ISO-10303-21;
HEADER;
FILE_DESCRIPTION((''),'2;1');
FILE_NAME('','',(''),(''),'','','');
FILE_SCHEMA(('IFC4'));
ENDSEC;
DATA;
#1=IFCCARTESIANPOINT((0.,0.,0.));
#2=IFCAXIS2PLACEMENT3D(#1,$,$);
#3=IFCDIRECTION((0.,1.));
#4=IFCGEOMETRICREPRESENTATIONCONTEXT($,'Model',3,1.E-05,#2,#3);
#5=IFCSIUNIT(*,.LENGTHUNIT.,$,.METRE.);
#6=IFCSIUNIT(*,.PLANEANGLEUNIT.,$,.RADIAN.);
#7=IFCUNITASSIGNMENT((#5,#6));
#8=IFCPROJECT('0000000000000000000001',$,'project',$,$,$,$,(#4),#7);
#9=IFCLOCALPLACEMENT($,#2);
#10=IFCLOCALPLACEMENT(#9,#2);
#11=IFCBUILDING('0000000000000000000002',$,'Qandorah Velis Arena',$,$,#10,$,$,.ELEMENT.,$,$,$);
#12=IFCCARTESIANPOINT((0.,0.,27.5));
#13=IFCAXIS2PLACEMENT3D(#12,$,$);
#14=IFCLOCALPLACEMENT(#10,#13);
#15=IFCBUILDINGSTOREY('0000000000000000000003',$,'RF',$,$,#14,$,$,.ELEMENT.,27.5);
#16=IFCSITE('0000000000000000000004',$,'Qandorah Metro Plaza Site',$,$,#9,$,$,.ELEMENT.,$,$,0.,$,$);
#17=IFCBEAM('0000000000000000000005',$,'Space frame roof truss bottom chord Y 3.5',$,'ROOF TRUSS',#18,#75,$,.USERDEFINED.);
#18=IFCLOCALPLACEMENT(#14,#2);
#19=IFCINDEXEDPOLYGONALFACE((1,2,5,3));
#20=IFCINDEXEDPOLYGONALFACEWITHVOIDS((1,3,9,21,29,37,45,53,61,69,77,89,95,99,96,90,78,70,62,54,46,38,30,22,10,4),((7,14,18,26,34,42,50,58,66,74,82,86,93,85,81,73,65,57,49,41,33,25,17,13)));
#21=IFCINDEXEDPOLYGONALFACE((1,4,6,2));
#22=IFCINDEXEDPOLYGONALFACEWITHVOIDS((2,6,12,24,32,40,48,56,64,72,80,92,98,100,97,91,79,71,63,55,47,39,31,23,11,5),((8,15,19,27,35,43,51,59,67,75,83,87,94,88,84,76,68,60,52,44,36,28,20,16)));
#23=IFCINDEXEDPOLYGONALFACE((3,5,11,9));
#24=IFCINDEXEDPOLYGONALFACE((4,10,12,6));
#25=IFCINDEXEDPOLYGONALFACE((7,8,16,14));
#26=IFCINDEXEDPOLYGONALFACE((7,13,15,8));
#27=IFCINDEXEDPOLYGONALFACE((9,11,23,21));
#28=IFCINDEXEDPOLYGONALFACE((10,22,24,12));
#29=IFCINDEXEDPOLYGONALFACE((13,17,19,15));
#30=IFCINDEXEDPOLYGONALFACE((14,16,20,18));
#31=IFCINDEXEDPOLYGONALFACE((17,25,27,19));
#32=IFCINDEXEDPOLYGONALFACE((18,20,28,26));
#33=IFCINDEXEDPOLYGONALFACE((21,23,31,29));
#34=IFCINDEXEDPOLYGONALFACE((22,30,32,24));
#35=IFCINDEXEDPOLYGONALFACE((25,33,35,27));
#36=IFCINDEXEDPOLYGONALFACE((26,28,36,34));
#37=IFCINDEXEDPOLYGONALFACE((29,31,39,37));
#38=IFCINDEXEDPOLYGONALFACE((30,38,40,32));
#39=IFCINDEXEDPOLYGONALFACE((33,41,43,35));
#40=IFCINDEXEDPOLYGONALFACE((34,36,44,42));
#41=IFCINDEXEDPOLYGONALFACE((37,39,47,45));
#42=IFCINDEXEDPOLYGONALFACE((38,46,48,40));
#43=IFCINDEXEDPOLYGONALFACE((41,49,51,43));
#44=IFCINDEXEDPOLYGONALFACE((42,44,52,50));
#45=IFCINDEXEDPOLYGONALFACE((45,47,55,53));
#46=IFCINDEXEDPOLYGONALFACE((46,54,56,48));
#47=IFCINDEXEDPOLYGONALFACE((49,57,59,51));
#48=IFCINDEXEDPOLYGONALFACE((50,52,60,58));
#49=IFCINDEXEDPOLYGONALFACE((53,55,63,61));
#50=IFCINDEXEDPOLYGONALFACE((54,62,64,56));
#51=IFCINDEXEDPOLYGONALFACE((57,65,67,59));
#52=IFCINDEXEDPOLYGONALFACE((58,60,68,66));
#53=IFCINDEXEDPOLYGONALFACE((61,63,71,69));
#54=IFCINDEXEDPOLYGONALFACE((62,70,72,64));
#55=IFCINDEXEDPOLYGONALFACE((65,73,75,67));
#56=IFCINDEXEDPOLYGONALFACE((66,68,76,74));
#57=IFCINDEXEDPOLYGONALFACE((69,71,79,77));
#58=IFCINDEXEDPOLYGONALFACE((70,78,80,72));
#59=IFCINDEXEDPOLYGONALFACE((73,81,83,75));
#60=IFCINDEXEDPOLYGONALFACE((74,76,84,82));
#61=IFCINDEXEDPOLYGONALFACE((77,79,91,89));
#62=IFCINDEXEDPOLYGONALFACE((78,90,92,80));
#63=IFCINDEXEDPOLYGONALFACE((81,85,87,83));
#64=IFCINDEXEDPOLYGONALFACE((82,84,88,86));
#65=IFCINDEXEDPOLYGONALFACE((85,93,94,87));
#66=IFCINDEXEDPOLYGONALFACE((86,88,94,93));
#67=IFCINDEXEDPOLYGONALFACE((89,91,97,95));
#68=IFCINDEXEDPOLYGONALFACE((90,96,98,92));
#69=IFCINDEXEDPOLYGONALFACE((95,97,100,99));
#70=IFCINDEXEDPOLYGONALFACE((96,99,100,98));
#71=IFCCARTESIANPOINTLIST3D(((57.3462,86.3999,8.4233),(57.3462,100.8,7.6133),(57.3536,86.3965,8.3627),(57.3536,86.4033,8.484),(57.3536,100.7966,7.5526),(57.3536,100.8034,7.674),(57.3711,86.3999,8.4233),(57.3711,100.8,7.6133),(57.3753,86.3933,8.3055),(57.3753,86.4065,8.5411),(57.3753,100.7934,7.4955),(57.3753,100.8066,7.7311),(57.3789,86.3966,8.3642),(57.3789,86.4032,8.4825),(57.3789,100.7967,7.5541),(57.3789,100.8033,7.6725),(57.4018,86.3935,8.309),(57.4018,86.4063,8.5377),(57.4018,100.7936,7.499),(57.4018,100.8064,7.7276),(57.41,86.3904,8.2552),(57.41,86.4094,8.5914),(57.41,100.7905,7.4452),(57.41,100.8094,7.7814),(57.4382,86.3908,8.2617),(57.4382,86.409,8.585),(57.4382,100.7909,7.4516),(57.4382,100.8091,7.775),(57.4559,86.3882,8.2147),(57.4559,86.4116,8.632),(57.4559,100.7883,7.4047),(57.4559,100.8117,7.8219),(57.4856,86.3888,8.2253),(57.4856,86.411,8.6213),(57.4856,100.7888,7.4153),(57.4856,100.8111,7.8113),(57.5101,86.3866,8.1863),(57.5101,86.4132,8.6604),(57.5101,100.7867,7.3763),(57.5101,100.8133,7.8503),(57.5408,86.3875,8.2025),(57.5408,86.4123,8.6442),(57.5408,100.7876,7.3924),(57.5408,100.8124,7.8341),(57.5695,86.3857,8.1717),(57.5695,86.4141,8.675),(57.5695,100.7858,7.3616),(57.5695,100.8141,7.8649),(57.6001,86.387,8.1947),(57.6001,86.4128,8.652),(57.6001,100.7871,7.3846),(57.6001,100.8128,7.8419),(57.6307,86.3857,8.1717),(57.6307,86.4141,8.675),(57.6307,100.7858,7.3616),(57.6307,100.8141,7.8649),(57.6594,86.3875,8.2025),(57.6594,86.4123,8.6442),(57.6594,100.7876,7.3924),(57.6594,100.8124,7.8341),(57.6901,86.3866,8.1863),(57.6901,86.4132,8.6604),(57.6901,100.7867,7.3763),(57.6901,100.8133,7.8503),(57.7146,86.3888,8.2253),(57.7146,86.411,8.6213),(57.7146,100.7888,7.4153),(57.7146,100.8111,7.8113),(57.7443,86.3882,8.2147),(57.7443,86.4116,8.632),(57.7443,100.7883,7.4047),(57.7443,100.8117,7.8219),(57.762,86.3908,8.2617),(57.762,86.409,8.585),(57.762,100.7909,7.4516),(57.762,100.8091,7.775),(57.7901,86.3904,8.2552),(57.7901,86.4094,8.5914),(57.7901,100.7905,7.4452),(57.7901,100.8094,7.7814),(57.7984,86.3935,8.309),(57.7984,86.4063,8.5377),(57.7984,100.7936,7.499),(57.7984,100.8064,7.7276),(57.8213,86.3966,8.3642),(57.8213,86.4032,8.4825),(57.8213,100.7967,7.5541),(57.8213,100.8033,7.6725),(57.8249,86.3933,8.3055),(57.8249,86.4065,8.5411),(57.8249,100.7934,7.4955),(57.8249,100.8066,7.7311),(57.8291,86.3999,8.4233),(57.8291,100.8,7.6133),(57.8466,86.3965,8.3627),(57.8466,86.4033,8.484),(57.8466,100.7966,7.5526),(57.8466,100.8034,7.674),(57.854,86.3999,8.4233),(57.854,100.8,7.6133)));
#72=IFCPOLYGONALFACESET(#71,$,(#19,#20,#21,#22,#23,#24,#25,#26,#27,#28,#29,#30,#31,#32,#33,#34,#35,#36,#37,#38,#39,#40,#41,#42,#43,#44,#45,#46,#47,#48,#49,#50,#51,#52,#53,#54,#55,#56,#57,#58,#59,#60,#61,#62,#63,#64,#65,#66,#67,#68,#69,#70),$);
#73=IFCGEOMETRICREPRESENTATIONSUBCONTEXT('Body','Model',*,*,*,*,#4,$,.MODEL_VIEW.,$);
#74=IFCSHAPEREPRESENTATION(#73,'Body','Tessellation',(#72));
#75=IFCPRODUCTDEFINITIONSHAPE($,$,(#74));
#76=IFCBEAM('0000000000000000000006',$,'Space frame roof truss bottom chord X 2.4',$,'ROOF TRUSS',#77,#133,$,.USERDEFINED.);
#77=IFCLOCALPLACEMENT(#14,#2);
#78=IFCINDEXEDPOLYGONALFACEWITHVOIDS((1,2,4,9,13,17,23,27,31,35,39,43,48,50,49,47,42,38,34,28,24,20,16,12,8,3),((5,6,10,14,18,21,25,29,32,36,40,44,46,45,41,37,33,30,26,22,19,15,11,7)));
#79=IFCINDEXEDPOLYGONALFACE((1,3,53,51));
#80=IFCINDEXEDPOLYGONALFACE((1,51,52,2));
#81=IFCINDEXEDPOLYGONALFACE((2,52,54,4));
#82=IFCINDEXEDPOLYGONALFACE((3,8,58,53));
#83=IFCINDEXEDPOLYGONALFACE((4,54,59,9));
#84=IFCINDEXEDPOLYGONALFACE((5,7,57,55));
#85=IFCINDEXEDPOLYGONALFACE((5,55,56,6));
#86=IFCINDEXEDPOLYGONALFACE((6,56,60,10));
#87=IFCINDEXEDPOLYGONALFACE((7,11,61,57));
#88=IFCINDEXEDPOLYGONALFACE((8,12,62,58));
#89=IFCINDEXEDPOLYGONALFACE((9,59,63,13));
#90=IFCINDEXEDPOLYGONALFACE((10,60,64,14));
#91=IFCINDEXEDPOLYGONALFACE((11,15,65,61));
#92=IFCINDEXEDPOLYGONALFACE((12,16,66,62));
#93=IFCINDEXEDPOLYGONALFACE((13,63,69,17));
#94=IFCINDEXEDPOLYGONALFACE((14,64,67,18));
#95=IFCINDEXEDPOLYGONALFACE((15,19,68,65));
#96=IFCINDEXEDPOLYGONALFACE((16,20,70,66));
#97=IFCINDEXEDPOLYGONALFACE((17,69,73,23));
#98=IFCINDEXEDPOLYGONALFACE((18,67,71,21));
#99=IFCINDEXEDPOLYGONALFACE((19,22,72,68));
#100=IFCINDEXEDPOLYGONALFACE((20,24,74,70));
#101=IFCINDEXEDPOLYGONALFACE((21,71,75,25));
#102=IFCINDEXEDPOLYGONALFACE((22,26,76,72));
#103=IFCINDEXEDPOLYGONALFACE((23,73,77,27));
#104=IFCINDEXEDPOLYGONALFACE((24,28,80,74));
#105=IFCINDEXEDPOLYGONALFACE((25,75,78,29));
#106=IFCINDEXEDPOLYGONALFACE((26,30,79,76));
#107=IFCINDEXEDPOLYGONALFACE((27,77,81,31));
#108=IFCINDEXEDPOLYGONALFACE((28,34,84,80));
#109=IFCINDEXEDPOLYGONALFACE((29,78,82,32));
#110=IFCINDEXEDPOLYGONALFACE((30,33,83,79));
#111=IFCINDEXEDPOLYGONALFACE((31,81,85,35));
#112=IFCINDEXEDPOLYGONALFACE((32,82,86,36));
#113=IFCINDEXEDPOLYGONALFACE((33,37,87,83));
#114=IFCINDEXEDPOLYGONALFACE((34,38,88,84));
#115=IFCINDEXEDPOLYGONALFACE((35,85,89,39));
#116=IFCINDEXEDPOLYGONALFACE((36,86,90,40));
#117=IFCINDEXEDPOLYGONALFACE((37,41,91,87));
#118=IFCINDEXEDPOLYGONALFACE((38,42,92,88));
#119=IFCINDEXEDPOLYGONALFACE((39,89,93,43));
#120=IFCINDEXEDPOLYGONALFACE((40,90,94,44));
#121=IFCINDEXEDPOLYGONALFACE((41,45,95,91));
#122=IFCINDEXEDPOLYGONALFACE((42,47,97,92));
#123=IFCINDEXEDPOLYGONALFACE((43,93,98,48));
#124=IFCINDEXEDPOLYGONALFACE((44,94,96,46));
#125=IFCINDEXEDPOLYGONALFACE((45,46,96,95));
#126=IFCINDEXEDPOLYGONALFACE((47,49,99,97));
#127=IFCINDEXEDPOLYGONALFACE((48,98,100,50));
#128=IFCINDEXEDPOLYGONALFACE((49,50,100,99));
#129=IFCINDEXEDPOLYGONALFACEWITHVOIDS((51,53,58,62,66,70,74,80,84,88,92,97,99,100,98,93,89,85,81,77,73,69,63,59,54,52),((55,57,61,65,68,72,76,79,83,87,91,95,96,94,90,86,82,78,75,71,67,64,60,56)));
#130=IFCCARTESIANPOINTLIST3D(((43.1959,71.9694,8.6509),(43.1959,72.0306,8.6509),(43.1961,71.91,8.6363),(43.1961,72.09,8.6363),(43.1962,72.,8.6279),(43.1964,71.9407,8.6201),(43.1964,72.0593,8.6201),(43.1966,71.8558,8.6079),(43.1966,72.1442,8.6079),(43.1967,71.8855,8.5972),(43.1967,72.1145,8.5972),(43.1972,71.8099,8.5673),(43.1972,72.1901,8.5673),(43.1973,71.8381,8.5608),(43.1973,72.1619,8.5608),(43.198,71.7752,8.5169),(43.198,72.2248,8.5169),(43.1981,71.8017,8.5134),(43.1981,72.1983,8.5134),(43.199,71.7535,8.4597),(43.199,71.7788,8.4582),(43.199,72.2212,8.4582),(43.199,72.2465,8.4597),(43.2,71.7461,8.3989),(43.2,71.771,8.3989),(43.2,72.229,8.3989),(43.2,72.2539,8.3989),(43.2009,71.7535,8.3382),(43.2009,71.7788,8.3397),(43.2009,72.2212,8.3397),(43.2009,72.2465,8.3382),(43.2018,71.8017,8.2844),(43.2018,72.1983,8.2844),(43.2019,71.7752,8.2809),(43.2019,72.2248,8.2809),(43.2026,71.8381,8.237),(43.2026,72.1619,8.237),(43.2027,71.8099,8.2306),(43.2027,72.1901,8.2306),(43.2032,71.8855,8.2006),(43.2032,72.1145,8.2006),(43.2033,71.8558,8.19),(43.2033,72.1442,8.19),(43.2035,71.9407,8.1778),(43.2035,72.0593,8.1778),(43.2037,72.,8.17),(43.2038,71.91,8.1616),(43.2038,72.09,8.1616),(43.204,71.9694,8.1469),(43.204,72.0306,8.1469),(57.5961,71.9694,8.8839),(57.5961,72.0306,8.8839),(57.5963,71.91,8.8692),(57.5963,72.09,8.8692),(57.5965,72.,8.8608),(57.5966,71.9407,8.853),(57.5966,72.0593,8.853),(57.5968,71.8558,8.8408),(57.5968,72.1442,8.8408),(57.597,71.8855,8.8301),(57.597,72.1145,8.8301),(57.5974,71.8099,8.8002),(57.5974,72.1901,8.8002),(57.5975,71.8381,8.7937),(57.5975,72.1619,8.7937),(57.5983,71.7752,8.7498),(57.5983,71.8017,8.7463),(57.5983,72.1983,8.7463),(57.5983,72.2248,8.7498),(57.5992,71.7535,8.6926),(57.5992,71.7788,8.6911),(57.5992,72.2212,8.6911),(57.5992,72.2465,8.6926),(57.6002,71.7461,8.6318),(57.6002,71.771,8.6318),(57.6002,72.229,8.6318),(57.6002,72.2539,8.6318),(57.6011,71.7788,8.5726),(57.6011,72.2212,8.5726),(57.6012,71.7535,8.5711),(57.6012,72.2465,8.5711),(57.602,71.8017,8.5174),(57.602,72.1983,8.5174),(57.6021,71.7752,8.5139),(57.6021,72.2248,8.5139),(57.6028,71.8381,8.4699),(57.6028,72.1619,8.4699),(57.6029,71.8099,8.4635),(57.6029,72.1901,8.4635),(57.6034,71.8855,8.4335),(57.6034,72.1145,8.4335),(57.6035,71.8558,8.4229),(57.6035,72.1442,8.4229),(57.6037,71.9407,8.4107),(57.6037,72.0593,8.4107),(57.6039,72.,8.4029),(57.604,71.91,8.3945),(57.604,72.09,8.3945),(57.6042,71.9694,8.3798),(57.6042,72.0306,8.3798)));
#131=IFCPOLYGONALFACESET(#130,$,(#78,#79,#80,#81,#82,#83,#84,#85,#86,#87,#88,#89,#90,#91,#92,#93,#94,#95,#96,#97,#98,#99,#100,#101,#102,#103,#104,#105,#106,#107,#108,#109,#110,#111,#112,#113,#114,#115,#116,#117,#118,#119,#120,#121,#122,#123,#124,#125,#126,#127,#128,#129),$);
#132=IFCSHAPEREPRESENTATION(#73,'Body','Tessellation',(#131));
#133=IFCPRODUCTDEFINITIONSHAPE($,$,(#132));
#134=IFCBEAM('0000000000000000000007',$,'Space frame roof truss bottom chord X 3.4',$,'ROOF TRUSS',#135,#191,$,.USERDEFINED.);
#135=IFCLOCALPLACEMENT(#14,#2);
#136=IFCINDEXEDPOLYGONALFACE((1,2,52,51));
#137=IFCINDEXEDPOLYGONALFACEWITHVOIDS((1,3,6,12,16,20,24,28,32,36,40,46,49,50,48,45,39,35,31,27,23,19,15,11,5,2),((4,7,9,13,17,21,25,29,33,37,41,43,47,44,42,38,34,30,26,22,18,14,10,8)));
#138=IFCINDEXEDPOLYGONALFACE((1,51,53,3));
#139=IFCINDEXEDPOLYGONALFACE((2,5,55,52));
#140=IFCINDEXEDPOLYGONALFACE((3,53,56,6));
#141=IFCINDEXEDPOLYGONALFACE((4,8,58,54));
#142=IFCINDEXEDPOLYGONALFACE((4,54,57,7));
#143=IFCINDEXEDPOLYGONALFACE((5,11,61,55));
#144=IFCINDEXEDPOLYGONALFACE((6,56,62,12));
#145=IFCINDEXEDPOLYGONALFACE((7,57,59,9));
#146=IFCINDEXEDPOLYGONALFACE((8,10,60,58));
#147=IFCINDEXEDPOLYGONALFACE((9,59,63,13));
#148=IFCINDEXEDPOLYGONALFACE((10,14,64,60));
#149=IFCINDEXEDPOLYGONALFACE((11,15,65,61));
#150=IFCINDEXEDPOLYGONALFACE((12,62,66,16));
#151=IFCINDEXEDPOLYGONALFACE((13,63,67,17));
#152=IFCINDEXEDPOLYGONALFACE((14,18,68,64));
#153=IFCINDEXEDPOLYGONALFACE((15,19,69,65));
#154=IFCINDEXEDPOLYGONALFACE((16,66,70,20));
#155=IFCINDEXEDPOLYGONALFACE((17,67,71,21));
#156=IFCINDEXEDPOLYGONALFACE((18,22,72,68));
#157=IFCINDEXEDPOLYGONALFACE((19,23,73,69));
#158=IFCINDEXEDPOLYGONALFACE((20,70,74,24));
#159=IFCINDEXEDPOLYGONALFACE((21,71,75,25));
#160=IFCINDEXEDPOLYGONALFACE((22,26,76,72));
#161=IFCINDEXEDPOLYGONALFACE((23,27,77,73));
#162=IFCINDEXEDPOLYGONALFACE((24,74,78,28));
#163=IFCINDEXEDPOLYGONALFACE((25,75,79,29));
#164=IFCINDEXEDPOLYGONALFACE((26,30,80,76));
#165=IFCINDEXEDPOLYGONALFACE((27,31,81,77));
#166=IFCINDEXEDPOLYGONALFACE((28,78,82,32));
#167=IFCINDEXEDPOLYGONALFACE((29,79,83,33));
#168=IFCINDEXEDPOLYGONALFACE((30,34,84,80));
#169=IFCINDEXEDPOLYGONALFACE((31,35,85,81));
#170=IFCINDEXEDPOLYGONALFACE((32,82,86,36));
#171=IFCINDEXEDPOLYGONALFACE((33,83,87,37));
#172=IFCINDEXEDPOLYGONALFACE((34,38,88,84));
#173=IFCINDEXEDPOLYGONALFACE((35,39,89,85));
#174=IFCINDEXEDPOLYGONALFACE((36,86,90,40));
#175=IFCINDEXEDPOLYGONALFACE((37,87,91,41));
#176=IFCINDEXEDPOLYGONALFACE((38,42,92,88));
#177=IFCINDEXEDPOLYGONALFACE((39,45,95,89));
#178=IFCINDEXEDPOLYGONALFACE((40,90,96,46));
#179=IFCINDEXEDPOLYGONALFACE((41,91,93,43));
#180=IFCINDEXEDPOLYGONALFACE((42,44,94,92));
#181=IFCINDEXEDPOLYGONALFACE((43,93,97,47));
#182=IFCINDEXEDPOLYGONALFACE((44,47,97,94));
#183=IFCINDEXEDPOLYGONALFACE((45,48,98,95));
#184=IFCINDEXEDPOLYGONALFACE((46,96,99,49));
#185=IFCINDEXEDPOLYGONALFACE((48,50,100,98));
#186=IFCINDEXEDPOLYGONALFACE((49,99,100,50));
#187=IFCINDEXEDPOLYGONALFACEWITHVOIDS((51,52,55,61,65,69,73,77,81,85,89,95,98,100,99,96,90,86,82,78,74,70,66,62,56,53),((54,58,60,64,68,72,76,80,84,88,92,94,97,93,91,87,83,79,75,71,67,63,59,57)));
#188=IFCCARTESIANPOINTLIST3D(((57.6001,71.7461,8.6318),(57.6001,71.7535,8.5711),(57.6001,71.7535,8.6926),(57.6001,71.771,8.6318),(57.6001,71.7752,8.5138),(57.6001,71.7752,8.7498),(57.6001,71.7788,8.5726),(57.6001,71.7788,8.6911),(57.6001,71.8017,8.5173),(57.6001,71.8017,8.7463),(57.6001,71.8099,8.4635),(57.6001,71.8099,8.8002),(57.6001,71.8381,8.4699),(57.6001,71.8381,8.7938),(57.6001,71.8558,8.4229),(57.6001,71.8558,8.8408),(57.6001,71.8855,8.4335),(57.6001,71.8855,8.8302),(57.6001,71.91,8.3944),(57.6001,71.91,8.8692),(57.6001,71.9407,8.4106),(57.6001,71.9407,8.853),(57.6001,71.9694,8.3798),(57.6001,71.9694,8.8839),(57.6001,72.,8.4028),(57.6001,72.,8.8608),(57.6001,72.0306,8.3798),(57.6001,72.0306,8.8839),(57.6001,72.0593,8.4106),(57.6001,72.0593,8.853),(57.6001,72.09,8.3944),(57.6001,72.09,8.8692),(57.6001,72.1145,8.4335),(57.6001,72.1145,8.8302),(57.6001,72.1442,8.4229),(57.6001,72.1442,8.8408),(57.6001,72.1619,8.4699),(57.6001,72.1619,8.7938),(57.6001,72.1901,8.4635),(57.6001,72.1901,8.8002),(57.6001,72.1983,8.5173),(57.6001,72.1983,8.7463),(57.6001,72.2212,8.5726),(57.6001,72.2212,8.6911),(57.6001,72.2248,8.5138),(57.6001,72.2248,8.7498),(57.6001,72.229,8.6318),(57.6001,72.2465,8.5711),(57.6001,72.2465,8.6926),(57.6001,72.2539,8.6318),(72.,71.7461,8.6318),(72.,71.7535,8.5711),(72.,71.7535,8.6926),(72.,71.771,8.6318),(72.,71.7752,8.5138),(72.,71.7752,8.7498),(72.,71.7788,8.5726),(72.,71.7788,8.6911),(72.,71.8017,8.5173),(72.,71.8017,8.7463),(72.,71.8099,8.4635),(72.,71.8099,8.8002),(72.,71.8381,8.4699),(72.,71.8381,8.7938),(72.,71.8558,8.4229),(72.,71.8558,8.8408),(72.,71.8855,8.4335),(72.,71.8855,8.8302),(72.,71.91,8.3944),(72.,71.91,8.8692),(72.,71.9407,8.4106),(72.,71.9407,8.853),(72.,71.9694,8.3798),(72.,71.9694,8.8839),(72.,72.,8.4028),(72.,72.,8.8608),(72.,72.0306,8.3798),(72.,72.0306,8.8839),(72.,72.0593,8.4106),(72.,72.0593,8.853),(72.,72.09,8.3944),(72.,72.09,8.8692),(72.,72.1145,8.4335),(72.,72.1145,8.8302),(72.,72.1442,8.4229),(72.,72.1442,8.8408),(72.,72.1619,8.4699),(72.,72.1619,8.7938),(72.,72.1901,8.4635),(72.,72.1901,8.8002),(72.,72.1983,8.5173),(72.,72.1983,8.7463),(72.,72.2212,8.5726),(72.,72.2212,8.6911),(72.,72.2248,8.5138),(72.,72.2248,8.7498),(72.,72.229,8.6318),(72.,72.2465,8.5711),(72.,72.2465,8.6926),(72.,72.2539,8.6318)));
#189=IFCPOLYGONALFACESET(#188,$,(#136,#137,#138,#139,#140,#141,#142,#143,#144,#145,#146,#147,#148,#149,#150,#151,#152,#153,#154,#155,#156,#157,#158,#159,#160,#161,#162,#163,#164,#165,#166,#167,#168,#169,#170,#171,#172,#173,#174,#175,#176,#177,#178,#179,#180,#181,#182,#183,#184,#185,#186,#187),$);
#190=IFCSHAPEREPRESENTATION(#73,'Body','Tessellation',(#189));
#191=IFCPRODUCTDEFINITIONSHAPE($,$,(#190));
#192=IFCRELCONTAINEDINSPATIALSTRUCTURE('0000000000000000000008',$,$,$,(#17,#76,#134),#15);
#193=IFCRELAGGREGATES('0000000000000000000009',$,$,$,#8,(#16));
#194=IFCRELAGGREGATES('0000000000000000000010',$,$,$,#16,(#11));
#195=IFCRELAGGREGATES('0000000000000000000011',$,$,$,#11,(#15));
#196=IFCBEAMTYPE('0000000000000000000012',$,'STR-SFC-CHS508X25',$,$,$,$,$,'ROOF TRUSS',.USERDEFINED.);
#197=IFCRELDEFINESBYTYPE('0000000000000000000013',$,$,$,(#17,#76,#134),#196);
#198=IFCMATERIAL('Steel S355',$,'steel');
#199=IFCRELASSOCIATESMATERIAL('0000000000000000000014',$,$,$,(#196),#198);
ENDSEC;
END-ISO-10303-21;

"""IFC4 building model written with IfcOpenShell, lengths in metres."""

from ifc_helpers import new_model, si_unit, direction, frame, origin, origin_2d, place, context, subcontext, project, spatial, hollow_circle, extrude, material, material_profile, profile_set, type_object, element, save


model = new_model("IFC4")

# Units and contexts
model_context = context("Model", 3, precision=1e-05, world=origin(), true_north=direction((0.0, 1.0)))
body_context = subcontext(model_context, "Body", "Model", "MODEL_VIEW")
ifc_project = project(units=[si_unit("LENGTHUNIT", "METRE"), si_unit("PLANEANGLEUNIT", "RADIAN")], contexts=[model_context])

# Site, building, storey
site_placement = place(None, origin())
site = spatial("IfcSite", under=ifc_project, at=site_placement, Name="Qandorah Metro Plaza Site", CompositionType="ELEMENT", RefElevation=0.0)
building_placement = place(site_placement, origin())
building = spatial("IfcBuilding", under=site, at=building_placement, Name="Qandorah Velis Arena", CompositionType="ELEMENT")
storey_placement = place(building_placement, frame((0.0, 0.0, 27.5)))
storey = spatial("IfcBuildingStorey", under=building, at=storey_placement, Name="RF", CompositionType="ELEMENT", Elevation=27.5)

# Shared definitions
ifc_material_1 = material(Name="Steel S355", Category="steel")

# Beams
ifc_material_profile_1 = material_profile(ifc_material_1, hollow_circle(Radius=0.2539, WallThickness=0.0249, at=origin_2d()), Name="CHS 508x25")
ifc_profile_set_1 = profile_set([ifc_material_profile_1], Name="Steel S355")
beam_type_1 = type_object("IfcBeamType", Name="STR-SFC-CHS508X25", ElementType="ROOF TRUSS", PredefinedType="USERDEFINED", material=ifc_profile_set_1)
beam_1_placement = place(storey_placement, frame((57.6001, 86.3999, 8.4233), z_axis=(0.0, 0.998422, -0.056165), x_axis=(-1.0, 0.0, 0.0)))
element("IfcBeam", 1, at=beam_1_placement, inside=storey, type_object=beam_type_1, Name="Space frame roof truss bottom chord Y 3.5", ObjectType="ROOF TRUSS", PredefinedType="USERDEFINED", context=body_context, shape_type="SweptSolid", body=[
    extrude(hollow_circle(Radius=0.2539, WallThickness=0.0249, at=origin_2d()), origin(), (0.0, 0.0, 1.0), 14.4229),
])
beam_2_placement = place(storey_placement, frame((43.2, 72.0, 8.3989), z_axis=(0.999869, 0.0, 0.016172), x_axis=(0.0, 1.0, 0.0)))
element("IfcBeam", 2, at=beam_2_placement, inside=storey, type_object=beam_type_1, Name="Space frame roof truss bottom chord X 2.4", ObjectType="ROOF TRUSS", PredefinedType="USERDEFINED", context=body_context, shape_type="SweptSolid", body=[
    extrude(hollow_circle(Radius=0.2539, WallThickness=0.0249, at=origin_2d()), origin(), (0.0, 0.0, 1.0), 14.4021),
])
beam_3_placement = place(storey_placement, frame((57.6001, 72.0, 8.6318), z_axis=(1.0, 0.0, 0.0), x_axis=(0.0, 1.0, 0.0)))
element("IfcBeam", 3, at=beam_3_placement, inside=storey, type_object=beam_type_1, Name="Space frame roof truss bottom chord X 3.4", ObjectType="ROOF TRUSS", PredefinedType="USERDEFINED", context=body_context, shape_type="SweptSolid", body=[
    extrude(hollow_circle(Radius=0.2539, WallThickness=0.0249, at=origin_2d()), origin(), (0.0, 0.0, 1.0), 14.3999),
])

save(model, "model.ifc")
